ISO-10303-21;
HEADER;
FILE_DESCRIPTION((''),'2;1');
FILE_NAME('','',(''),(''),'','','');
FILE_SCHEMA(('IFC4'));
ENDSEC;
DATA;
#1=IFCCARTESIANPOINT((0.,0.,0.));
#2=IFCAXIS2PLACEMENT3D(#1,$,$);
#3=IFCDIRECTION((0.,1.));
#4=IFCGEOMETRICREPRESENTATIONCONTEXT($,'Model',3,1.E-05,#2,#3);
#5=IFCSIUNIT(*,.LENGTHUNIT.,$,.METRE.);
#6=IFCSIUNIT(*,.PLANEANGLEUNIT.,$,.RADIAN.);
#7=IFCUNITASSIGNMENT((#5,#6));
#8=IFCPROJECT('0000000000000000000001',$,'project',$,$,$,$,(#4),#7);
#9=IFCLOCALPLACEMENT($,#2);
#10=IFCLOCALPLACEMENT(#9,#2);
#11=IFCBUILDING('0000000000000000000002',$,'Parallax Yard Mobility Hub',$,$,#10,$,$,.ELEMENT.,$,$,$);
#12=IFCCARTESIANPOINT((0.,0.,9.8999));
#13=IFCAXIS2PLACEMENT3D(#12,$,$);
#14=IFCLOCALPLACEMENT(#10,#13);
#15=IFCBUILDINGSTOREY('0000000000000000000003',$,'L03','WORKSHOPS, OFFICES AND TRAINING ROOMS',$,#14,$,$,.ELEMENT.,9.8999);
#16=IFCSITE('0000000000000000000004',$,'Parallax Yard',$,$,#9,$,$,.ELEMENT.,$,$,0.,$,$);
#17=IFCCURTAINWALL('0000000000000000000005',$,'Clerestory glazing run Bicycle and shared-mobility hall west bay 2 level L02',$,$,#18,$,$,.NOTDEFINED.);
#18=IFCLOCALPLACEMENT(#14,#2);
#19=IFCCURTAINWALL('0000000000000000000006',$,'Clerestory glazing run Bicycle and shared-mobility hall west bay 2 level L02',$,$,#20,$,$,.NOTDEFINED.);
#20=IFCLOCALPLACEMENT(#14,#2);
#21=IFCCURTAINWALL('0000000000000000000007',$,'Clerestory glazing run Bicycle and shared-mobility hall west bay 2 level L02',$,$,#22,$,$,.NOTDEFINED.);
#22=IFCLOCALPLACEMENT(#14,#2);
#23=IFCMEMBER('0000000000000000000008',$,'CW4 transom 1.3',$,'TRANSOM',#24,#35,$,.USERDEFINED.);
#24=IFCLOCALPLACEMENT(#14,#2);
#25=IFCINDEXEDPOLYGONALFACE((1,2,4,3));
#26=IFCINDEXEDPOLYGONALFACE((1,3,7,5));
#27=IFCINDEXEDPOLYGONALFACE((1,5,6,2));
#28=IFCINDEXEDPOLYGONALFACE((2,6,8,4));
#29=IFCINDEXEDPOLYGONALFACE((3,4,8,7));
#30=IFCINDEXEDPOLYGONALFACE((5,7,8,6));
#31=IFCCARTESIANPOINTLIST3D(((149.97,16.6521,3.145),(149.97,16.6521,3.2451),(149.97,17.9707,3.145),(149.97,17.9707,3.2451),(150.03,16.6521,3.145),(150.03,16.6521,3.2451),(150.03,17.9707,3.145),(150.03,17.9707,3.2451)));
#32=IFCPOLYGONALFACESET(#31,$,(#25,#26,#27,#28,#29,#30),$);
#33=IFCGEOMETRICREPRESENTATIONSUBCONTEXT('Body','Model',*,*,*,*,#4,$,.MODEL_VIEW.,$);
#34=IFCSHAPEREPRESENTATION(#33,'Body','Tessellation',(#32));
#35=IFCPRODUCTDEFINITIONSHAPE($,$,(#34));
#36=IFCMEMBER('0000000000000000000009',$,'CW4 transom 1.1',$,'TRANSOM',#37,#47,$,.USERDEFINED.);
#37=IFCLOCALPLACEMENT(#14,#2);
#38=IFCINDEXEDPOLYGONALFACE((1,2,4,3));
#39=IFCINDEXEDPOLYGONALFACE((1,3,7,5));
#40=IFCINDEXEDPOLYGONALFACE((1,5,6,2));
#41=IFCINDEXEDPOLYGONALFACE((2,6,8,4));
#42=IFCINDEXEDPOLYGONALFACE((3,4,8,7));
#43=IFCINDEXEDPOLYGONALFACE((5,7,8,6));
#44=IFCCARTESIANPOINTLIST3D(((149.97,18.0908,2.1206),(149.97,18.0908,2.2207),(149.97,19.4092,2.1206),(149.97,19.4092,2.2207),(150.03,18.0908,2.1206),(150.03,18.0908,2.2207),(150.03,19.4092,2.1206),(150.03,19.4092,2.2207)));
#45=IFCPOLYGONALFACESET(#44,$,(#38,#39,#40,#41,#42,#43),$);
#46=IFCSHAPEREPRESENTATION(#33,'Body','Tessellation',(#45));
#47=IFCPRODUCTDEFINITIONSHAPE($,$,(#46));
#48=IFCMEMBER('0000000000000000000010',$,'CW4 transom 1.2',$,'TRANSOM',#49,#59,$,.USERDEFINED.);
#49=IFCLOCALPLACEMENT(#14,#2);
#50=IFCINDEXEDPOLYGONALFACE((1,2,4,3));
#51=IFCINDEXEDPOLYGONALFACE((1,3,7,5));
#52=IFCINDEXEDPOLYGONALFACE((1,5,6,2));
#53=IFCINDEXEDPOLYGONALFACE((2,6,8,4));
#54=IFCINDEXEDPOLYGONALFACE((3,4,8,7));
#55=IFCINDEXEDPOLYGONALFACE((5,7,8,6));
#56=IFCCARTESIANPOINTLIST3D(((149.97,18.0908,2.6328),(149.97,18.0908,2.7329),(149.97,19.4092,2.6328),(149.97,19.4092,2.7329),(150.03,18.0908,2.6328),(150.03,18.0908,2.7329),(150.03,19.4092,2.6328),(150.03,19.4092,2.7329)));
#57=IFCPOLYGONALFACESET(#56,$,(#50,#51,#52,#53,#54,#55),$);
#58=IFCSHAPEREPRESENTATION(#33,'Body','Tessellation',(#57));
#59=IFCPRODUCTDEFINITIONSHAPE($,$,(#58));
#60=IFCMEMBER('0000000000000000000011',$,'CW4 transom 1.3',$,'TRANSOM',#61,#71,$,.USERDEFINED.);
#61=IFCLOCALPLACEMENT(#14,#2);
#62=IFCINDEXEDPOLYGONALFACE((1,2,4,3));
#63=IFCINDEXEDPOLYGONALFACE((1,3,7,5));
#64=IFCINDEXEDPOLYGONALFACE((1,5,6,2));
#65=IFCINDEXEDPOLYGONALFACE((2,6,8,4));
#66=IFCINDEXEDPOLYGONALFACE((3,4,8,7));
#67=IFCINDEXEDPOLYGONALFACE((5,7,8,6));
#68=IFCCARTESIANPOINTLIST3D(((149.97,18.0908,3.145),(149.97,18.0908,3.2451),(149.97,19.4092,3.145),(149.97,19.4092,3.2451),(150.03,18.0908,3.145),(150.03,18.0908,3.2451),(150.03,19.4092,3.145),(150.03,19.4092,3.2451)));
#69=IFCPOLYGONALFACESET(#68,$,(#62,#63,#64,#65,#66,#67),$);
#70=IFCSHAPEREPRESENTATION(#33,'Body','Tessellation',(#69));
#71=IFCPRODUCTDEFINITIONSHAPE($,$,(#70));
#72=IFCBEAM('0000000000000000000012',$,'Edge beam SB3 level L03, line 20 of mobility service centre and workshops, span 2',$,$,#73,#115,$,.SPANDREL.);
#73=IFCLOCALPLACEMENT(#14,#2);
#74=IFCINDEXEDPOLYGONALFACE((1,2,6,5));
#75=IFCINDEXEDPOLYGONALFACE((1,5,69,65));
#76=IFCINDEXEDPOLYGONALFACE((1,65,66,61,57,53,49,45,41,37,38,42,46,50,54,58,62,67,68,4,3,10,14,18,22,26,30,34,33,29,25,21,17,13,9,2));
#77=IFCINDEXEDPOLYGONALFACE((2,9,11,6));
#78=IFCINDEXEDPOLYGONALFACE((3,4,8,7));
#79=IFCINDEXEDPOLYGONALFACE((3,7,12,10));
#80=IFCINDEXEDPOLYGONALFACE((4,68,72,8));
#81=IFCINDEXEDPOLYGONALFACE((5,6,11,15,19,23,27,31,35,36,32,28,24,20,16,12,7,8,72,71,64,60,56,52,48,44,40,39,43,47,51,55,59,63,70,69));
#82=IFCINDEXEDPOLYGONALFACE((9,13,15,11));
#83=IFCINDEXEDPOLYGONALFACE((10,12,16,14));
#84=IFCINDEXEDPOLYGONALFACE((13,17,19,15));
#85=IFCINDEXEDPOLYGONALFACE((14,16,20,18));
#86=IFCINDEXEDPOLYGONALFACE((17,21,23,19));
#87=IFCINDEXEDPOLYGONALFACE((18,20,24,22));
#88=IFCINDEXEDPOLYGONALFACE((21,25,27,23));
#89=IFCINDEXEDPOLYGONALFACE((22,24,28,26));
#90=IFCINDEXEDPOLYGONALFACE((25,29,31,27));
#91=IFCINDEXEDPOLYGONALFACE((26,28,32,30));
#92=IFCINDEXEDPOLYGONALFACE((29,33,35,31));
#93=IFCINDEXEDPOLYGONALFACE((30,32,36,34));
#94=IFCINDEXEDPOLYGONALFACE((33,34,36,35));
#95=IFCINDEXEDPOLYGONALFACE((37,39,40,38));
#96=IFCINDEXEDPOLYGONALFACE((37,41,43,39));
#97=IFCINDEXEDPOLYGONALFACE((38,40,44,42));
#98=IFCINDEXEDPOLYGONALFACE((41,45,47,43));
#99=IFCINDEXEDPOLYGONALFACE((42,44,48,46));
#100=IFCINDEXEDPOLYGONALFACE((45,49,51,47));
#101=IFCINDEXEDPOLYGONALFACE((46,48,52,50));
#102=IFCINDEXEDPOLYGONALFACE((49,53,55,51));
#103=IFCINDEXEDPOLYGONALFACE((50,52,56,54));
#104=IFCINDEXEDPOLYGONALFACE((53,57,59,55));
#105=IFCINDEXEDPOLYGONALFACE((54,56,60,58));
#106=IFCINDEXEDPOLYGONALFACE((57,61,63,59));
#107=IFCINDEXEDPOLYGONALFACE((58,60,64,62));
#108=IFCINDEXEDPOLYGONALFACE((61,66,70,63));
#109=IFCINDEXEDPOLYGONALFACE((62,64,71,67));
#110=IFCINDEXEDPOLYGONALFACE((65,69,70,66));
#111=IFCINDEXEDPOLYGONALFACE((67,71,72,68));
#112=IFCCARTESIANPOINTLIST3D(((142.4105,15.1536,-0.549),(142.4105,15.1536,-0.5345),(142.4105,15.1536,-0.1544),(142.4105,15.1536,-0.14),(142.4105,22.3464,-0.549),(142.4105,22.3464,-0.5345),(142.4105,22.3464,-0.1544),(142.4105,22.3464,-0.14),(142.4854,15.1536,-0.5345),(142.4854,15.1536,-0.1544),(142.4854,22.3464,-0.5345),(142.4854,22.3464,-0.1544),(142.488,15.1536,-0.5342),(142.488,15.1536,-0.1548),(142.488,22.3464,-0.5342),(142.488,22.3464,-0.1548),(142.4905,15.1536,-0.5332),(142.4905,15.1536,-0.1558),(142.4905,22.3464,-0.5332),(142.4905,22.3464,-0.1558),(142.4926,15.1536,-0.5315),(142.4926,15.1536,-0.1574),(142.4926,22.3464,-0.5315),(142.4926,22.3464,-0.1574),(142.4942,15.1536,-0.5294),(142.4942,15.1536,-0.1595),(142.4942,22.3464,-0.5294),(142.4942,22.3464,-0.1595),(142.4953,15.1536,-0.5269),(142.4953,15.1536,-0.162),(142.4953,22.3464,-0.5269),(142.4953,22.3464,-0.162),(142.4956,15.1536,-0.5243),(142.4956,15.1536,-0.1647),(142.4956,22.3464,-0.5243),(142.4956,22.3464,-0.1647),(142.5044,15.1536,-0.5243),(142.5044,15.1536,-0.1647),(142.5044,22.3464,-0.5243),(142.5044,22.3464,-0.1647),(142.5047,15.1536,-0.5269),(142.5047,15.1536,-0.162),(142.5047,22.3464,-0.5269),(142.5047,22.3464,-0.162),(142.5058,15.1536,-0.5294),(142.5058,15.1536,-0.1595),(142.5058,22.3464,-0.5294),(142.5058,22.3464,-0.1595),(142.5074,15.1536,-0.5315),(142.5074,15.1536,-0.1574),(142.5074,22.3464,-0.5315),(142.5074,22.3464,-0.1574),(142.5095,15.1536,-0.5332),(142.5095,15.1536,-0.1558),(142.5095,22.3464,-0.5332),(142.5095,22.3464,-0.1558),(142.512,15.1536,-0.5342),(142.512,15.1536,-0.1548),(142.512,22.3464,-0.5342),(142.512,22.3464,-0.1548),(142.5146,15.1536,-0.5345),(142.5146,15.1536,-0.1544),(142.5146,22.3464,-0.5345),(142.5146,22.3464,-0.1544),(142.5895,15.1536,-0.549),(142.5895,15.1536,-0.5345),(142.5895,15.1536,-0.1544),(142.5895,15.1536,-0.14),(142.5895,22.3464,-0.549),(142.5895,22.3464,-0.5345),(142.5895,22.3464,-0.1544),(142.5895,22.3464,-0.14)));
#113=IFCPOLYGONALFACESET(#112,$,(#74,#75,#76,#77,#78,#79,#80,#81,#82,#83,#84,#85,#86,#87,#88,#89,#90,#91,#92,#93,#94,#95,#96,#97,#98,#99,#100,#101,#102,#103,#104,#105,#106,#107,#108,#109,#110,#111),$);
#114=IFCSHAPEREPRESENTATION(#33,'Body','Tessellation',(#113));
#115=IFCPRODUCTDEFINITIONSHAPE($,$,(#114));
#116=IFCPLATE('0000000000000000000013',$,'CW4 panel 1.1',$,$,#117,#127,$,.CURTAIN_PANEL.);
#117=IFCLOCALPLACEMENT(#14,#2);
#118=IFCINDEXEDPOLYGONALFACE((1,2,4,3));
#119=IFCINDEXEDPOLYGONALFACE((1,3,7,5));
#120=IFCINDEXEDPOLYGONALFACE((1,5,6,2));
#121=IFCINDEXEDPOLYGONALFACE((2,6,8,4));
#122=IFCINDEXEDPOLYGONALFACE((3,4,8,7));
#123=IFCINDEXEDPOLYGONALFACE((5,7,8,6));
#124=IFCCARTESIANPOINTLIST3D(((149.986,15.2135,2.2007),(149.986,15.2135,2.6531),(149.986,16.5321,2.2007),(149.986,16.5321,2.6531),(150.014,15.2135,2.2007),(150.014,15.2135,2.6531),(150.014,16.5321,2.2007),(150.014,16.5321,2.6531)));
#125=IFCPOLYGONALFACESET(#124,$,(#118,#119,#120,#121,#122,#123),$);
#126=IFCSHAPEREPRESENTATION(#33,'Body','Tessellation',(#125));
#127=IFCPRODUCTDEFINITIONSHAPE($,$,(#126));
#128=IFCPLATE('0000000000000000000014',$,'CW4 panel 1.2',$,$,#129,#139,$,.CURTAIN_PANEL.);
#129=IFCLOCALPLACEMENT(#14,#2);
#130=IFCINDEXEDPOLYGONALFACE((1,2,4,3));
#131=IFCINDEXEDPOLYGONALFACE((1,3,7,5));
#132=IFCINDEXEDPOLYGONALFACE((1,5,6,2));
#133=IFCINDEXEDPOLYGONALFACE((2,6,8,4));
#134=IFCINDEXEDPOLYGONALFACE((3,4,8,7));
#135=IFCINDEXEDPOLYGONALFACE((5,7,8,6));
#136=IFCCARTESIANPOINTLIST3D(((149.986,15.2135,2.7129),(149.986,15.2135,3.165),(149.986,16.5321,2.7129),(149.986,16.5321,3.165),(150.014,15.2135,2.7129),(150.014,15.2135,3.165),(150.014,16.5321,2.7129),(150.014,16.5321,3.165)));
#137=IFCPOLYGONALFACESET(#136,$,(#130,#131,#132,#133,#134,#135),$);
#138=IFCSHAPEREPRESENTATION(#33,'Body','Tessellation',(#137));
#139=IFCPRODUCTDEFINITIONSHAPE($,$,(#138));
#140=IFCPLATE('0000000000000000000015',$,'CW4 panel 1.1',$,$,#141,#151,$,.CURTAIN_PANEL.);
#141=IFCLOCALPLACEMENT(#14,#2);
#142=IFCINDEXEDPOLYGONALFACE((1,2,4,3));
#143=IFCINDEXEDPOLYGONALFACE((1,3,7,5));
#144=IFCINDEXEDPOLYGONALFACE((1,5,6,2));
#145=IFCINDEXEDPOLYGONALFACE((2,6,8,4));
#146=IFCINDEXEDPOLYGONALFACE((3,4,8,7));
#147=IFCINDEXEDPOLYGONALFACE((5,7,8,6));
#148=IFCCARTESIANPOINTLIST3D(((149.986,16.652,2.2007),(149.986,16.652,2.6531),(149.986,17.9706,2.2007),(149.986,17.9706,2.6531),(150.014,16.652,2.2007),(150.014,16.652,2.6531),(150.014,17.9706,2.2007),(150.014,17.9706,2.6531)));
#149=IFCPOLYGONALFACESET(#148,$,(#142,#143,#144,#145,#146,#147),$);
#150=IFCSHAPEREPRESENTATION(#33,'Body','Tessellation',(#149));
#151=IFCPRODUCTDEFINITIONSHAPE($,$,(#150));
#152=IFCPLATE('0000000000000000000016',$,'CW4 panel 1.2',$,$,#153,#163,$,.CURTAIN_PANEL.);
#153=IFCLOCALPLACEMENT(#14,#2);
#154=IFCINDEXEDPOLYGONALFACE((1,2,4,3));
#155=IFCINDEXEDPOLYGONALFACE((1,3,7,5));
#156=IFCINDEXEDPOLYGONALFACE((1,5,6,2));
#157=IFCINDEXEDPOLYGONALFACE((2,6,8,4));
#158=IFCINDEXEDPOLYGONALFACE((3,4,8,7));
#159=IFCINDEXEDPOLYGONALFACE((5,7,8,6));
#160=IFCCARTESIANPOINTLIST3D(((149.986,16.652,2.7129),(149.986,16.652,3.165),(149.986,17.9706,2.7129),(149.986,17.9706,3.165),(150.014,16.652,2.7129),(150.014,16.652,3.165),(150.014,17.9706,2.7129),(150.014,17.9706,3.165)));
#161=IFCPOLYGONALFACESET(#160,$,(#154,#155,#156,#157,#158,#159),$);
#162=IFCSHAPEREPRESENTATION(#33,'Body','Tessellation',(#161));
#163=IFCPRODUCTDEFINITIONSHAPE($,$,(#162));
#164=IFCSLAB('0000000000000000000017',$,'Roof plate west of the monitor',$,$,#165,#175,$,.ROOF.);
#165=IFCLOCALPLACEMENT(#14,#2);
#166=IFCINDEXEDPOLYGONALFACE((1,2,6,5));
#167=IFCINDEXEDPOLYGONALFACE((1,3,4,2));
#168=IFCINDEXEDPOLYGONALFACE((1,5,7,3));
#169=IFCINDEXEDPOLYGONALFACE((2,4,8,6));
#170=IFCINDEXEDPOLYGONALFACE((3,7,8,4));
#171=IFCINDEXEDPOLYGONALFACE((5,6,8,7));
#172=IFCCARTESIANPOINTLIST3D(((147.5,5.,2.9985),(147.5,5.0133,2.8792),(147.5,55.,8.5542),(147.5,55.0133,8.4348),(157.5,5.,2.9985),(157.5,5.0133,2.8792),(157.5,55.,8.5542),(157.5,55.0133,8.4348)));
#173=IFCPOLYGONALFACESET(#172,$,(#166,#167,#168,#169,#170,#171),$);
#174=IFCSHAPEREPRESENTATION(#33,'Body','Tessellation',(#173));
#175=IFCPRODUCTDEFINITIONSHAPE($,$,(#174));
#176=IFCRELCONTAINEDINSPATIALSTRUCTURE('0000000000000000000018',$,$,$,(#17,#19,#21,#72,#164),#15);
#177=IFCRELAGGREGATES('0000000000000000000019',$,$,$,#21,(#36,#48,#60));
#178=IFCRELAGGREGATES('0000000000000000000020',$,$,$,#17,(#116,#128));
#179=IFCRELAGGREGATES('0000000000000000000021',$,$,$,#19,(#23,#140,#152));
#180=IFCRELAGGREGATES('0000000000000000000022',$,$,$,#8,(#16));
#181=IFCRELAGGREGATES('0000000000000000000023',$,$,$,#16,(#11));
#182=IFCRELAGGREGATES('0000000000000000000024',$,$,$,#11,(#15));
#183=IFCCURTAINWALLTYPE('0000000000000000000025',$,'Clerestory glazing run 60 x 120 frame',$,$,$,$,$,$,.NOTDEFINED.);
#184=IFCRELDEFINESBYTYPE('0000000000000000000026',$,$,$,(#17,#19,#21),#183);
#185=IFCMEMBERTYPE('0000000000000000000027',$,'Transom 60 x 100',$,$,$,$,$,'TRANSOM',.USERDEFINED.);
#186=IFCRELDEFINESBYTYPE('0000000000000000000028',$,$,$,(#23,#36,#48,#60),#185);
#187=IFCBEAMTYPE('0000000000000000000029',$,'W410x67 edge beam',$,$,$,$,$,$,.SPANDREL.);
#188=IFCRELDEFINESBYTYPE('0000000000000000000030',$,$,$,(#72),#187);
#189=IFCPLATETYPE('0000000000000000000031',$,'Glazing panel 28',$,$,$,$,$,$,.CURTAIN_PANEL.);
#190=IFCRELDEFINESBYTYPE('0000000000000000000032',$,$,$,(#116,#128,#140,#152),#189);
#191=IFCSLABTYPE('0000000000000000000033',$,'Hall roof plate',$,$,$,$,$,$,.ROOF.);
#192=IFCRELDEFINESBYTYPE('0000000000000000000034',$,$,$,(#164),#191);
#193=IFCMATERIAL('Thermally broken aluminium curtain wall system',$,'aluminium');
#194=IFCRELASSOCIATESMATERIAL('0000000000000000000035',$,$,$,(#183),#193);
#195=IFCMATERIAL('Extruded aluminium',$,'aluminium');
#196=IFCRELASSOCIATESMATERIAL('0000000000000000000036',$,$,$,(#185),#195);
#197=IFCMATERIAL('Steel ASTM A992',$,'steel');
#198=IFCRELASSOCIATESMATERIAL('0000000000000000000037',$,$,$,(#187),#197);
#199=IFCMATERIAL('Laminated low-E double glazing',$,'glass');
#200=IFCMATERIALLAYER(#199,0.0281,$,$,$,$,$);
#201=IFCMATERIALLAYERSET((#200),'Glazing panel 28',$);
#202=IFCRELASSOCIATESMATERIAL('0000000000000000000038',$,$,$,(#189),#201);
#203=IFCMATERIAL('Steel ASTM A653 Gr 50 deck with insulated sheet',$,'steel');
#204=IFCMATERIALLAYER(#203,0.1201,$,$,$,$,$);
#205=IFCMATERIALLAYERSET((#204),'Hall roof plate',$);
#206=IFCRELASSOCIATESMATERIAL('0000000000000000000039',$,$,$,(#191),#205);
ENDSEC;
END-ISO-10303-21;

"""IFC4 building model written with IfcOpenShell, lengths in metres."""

from ifc_helpers import new_model, si_unit, direction, frame, origin, origin_2d, place, context, subcontext, project, spatial, polyline, rectangle, i_section, outline, extrude, material, layer, layer_set, material_profile, profile_set, type_object, element, aggregate, save


model = new_model("IFC4")

# Units and contexts
model_context = context("Model", 3, precision=1e-05, world=origin(), true_north=direction((0.0, 1.0)))
body_context = subcontext(model_context, "Body", "Model", "MODEL_VIEW")
ifc_project = project(units=[si_unit("LENGTHUNIT", "METRE"), si_unit("PLANEANGLEUNIT", "RADIAN")], contexts=[model_context])

# Site, building, storey
site_placement = place(None, origin())
site = spatial("IfcSite", under=ifc_project, at=site_placement, Name="Parallax Yard", CompositionType="ELEMENT", RefElevation=0.0)
building_placement = place(site_placement, origin())
building = spatial("IfcBuilding", under=site, at=building_placement, Name="Parallax Yard Mobility Hub", CompositionType="ELEMENT")
storey_placement = place(building_placement, frame((0.0, 0.0, 9.8999)))
storey = spatial("IfcBuildingStorey", under=building, at=storey_placement, Name="L03", Description="WORKSHOPS, OFFICES AND TRAINING ROOMS", CompositionType="ELEMENT", Elevation=9.8999)

# Shared definitions
ifc_material_1 = material(Name="Steel ASTM A992", Category="steel")

# Curtain walls
ifc_material_2 = material(Name="Thermally broken aluminium curtain wall system", Category="aluminium")
curtain_wall_type = type_object("IfcCurtainWallType", Name="Clerestory glazing run 60 x 120 frame", PredefinedType="NOTDEFINED", material=ifc_material_2)
curtain_wall_1_placement = place(storey_placement, origin())
curtain_wall_1 = element("IfcCurtainWall", 1, at=curtain_wall_1_placement, inside=storey, type_object=curtain_wall_type, Name="Clerestory glazing run Bicycle and shared-mobility hall west bay 2 level L02", PredefinedType="NOTDEFINED")
ifc_material_3 = material(Name="Extruded aluminium", Category="aluminium")
curtain_wall_2_placement = place(storey_placement, origin())
curtain_wall_2 = element("IfcCurtainWall", 2, at=curtain_wall_2_placement, inside=storey, type_object=curtain_wall_type, Name="Clerestory glazing run Bicycle and shared-mobility hall west bay 2 level L02", PredefinedType="NOTDEFINED")
curtain_wall_3_placement = place(storey_placement, origin())
curtain_wall_3 = element("IfcCurtainWall", 3, at=curtain_wall_3_placement, inside=storey, type_object=curtain_wall_type, Name="Clerestory glazing run Bicycle and shared-mobility hall west bay 2 level L02", PredefinedType="NOTDEFINED")

# Members
ifc_material_profile_1 = material_profile(ifc_material_3, rectangle(XDim=0.0601, YDim=0.1001, at=origin_2d()), Name="Transom 60 x 100")
ifc_profile_set_1 = profile_set([ifc_material_profile_1], Name="Extruded aluminium")
member_type_1 = type_object("IfcMemberType", Name="Transom 60 x 100", ElementType="TRANSOM", PredefinedType="USERDEFINED", material=ifc_profile_set_1)
member_1_placement = place(storey_placement, frame((150.0, 16.6521, 3.1951), z_axis=(0.0, 1.0, 0.0), x_axis=(-1.0, 0.0, 0.0)))
member_1 = element("IfcMember", 4, at=member_1_placement, type_object=member_type_1, Name="CW4 transom 1.3", ObjectType="TRANSOM", PredefinedType="USERDEFINED", context=body_context, shape_type="SweptSolid", body=[
    extrude(rectangle(XDim=0.0601, YDim=0.1001, at=origin_2d()), origin(), (0.0, 0.0, 1.0), 1.3186),
])
member_2_placement = place(storey_placement, frame((150.0, 18.0908, 2.1707), z_axis=(0.0, 1.0, 0.0), x_axis=(-1.0, 0.0, 0.0)))
member_2 = element("IfcMember", 5, at=member_2_placement, type_object=member_type_1, Name="CW4 transom 1.1", ObjectType="TRANSOM", PredefinedType="USERDEFINED", context=body_context, shape_type="SweptSolid", body=[
    extrude(rectangle(XDim=0.0601, YDim=0.1001, at=origin_2d()), origin(), (0.0, 0.0, 1.0), 1.3184),
])
member_3_placement = place(storey_placement, frame((150.0, 18.0908, 2.6829), z_axis=(0.0, 1.0, 0.0), x_axis=(-1.0, 0.0, 0.0)))
member_3 = element("IfcMember", 6, at=member_3_placement, type_object=member_type_1, Name="CW4 transom 1.2", ObjectType="TRANSOM", PredefinedType="USERDEFINED", context=body_context, shape_type="SweptSolid", body=[
    extrude(rectangle(XDim=0.0601, YDim=0.1001, at=origin_2d()), origin(), (0.0, 0.0, 1.0), 1.3184),
])
member_4_placement = place(storey_placement, frame((150.0, 18.0908, 3.1951), z_axis=(0.0, 1.0, 0.0), x_axis=(-1.0, 0.0, 0.0)))
member_4 = element("IfcMember", 7, at=member_4_placement, type_object=member_type_1, Name="CW4 transom 1.3", ObjectType="TRANSOM", PredefinedType="USERDEFINED", context=body_context, shape_type="SweptSolid", body=[
    extrude(rectangle(XDim=0.0601, YDim=0.1001, at=origin_2d()), origin(), (0.0, 0.0, 1.0), 1.3184),
])
aggregate(curtain_wall_3, [member_2, member_3, member_4])

# Beam
ifc_material_profile_2 = material_profile(ifc_material_1, i_section(OverallWidth=0.179, OverallDepth=0.4089, WebThickness=0.0088, FlangeThickness=0.0144, FilletRadius=0.0103, at=origin_2d()), Name="W410x67")
ifc_profile_set_2 = profile_set([ifc_material_profile_2], Name="Steel ASTM A992")
beam_type_1 = type_object("IfcBeamType", Name="W410x67 edge beam", PredefinedType="SPANDREL", material=ifc_profile_set_2)
beam_1_placement = place(storey_placement, frame((142.5, 15.1536, -0.3445), z_axis=(0.0, 1.0, 0.0), x_axis=(-1.0, 0.0, 0.0)))
element("IfcBeam", 8, at=beam_1_placement, inside=storey, type_object=beam_type_1, Name="Edge beam SB3 level L03, line 20 of mobility service centre and workshops, span 2", PredefinedType="SPANDREL", context=body_context, shape_type="SweptSolid", body=[
    extrude(i_section(OverallWidth=0.179, OverallDepth=0.4089, WebThickness=0.0088, FlangeThickness=0.0144, FilletRadius=0.0103, at=origin_2d()), origin(), (0.0, 0.0, 1.0), 7.1929),
])

# Plates
ifc_material_4 = material(Name="Laminated low-E double glazing", Category="glass")
ifc_layer_1 = layer(ifc_material_4, 0.0281)
ifc_layer_set_1 = layer_set([ifc_layer_1], Name="Glazing panel 28")
plate_type = type_object("IfcPlateType", Name="Glazing panel 28", PredefinedType="CURTAIN_PANEL", material=ifc_layer_set_1)
plate_1_placement = place(storey_placement, frame((150.0, 15.8728, 2.2007), z_axis=(0.0, 0.0, 1.0), x_axis=(0.0, 1.0, 0.0)))
plate_1 = element("IfcPlate", 9, at=plate_1_placement, type_object=plate_type, Name="CW4 panel 1.1", PredefinedType="CURTAIN_PANEL", context=body_context, shape_type="SweptSolid", body=[
    extrude(rectangle(XDim=1.3186, YDim=0.0281, at=origin_2d()), origin(), (0.0, 0.0, 1.0), 0.4524),
])
plate_2_placement = place(storey_placement, frame((150.0, 15.8728, 2.7129), z_axis=(0.0, 0.0, 1.0), x_axis=(0.0, 1.0, 0.0)))
plate_2 = element("IfcPlate", 10, at=plate_2_placement, type_object=plate_type, Name="CW4 panel 1.2", PredefinedType="CURTAIN_PANEL", context=body_context, shape_type="SweptSolid", body=[
    extrude(rectangle(XDim=1.3186, YDim=0.0281, at=origin_2d()), origin(), (0.0, 0.0, 1.0), 0.4521),
])
aggregate(curtain_wall_1, [plate_1, plate_2])
plate_3_placement = place(storey_placement, frame((150.0, 17.3113, 2.2007), z_axis=(0.0, 0.0, 1.0), x_axis=(0.0, 1.0, 0.0)))
plate_3 = element("IfcPlate", 11, at=plate_3_placement, type_object=plate_type, Name="CW4 panel 1.1", PredefinedType="CURTAIN_PANEL", context=body_context, shape_type="SweptSolid", body=[
    extrude(rectangle(XDim=1.3186, YDim=0.0281, at=origin_2d()), origin(), (0.0, 0.0, 1.0), 0.4524),
])
plate_4_placement = place(storey_placement, frame((150.0, 17.3113, 2.7129), z_axis=(0.0, 0.0, 1.0), x_axis=(0.0, 1.0, 0.0)))
plate_4 = element("IfcPlate", 12, at=plate_4_placement, type_object=plate_type, Name="CW4 panel 1.2", PredefinedType="CURTAIN_PANEL", context=body_context, shape_type="SweptSolid", body=[
    extrude(rectangle(XDim=1.3186, YDim=0.0281, at=origin_2d()), origin(), (0.0, 0.0, 1.0), 0.4521),
])
aggregate(curtain_wall_2, [member_1, plate_3, plate_4])

# Slab
ifc_material_5 = material(Name="Steel ASTM A653 Gr 50 deck with insulated sheet", Category="steel")
ifc_layer_2 = layer(ifc_material_5, 0.1201)
ifc_layer_set_2 = layer_set([ifc_layer_2], Name="Hall roof plate")
slab_type = type_object("IfcSlabType", Name="Hall roof plate", PredefinedType="ROOF", material=ifc_layer_set_2)
slab_placement = place(storey_placement, frame((147.5, 5.0, 2.9985), z_axis=(0.0, -0.110434, 0.993883), x_axis=(1.0, 0.0, 0.0)))
element("IfcSlab", 13, at=slab_placement, inside=storey, type_object=slab_type, Name="Roof plate west of the monitor", PredefinedType="ROOF", context=body_context, shape_type="SweptSolid", body=[
    extrude(outline(polyline([(0.0, 0.0), (10.0, 0.0), (10.0, 50.3077), (0.0, 50.3077), (0.0, 0.0)])), origin(), (0.0, 0.0, -1.0), 0.1201),
])

save(model, "model.ifc")
